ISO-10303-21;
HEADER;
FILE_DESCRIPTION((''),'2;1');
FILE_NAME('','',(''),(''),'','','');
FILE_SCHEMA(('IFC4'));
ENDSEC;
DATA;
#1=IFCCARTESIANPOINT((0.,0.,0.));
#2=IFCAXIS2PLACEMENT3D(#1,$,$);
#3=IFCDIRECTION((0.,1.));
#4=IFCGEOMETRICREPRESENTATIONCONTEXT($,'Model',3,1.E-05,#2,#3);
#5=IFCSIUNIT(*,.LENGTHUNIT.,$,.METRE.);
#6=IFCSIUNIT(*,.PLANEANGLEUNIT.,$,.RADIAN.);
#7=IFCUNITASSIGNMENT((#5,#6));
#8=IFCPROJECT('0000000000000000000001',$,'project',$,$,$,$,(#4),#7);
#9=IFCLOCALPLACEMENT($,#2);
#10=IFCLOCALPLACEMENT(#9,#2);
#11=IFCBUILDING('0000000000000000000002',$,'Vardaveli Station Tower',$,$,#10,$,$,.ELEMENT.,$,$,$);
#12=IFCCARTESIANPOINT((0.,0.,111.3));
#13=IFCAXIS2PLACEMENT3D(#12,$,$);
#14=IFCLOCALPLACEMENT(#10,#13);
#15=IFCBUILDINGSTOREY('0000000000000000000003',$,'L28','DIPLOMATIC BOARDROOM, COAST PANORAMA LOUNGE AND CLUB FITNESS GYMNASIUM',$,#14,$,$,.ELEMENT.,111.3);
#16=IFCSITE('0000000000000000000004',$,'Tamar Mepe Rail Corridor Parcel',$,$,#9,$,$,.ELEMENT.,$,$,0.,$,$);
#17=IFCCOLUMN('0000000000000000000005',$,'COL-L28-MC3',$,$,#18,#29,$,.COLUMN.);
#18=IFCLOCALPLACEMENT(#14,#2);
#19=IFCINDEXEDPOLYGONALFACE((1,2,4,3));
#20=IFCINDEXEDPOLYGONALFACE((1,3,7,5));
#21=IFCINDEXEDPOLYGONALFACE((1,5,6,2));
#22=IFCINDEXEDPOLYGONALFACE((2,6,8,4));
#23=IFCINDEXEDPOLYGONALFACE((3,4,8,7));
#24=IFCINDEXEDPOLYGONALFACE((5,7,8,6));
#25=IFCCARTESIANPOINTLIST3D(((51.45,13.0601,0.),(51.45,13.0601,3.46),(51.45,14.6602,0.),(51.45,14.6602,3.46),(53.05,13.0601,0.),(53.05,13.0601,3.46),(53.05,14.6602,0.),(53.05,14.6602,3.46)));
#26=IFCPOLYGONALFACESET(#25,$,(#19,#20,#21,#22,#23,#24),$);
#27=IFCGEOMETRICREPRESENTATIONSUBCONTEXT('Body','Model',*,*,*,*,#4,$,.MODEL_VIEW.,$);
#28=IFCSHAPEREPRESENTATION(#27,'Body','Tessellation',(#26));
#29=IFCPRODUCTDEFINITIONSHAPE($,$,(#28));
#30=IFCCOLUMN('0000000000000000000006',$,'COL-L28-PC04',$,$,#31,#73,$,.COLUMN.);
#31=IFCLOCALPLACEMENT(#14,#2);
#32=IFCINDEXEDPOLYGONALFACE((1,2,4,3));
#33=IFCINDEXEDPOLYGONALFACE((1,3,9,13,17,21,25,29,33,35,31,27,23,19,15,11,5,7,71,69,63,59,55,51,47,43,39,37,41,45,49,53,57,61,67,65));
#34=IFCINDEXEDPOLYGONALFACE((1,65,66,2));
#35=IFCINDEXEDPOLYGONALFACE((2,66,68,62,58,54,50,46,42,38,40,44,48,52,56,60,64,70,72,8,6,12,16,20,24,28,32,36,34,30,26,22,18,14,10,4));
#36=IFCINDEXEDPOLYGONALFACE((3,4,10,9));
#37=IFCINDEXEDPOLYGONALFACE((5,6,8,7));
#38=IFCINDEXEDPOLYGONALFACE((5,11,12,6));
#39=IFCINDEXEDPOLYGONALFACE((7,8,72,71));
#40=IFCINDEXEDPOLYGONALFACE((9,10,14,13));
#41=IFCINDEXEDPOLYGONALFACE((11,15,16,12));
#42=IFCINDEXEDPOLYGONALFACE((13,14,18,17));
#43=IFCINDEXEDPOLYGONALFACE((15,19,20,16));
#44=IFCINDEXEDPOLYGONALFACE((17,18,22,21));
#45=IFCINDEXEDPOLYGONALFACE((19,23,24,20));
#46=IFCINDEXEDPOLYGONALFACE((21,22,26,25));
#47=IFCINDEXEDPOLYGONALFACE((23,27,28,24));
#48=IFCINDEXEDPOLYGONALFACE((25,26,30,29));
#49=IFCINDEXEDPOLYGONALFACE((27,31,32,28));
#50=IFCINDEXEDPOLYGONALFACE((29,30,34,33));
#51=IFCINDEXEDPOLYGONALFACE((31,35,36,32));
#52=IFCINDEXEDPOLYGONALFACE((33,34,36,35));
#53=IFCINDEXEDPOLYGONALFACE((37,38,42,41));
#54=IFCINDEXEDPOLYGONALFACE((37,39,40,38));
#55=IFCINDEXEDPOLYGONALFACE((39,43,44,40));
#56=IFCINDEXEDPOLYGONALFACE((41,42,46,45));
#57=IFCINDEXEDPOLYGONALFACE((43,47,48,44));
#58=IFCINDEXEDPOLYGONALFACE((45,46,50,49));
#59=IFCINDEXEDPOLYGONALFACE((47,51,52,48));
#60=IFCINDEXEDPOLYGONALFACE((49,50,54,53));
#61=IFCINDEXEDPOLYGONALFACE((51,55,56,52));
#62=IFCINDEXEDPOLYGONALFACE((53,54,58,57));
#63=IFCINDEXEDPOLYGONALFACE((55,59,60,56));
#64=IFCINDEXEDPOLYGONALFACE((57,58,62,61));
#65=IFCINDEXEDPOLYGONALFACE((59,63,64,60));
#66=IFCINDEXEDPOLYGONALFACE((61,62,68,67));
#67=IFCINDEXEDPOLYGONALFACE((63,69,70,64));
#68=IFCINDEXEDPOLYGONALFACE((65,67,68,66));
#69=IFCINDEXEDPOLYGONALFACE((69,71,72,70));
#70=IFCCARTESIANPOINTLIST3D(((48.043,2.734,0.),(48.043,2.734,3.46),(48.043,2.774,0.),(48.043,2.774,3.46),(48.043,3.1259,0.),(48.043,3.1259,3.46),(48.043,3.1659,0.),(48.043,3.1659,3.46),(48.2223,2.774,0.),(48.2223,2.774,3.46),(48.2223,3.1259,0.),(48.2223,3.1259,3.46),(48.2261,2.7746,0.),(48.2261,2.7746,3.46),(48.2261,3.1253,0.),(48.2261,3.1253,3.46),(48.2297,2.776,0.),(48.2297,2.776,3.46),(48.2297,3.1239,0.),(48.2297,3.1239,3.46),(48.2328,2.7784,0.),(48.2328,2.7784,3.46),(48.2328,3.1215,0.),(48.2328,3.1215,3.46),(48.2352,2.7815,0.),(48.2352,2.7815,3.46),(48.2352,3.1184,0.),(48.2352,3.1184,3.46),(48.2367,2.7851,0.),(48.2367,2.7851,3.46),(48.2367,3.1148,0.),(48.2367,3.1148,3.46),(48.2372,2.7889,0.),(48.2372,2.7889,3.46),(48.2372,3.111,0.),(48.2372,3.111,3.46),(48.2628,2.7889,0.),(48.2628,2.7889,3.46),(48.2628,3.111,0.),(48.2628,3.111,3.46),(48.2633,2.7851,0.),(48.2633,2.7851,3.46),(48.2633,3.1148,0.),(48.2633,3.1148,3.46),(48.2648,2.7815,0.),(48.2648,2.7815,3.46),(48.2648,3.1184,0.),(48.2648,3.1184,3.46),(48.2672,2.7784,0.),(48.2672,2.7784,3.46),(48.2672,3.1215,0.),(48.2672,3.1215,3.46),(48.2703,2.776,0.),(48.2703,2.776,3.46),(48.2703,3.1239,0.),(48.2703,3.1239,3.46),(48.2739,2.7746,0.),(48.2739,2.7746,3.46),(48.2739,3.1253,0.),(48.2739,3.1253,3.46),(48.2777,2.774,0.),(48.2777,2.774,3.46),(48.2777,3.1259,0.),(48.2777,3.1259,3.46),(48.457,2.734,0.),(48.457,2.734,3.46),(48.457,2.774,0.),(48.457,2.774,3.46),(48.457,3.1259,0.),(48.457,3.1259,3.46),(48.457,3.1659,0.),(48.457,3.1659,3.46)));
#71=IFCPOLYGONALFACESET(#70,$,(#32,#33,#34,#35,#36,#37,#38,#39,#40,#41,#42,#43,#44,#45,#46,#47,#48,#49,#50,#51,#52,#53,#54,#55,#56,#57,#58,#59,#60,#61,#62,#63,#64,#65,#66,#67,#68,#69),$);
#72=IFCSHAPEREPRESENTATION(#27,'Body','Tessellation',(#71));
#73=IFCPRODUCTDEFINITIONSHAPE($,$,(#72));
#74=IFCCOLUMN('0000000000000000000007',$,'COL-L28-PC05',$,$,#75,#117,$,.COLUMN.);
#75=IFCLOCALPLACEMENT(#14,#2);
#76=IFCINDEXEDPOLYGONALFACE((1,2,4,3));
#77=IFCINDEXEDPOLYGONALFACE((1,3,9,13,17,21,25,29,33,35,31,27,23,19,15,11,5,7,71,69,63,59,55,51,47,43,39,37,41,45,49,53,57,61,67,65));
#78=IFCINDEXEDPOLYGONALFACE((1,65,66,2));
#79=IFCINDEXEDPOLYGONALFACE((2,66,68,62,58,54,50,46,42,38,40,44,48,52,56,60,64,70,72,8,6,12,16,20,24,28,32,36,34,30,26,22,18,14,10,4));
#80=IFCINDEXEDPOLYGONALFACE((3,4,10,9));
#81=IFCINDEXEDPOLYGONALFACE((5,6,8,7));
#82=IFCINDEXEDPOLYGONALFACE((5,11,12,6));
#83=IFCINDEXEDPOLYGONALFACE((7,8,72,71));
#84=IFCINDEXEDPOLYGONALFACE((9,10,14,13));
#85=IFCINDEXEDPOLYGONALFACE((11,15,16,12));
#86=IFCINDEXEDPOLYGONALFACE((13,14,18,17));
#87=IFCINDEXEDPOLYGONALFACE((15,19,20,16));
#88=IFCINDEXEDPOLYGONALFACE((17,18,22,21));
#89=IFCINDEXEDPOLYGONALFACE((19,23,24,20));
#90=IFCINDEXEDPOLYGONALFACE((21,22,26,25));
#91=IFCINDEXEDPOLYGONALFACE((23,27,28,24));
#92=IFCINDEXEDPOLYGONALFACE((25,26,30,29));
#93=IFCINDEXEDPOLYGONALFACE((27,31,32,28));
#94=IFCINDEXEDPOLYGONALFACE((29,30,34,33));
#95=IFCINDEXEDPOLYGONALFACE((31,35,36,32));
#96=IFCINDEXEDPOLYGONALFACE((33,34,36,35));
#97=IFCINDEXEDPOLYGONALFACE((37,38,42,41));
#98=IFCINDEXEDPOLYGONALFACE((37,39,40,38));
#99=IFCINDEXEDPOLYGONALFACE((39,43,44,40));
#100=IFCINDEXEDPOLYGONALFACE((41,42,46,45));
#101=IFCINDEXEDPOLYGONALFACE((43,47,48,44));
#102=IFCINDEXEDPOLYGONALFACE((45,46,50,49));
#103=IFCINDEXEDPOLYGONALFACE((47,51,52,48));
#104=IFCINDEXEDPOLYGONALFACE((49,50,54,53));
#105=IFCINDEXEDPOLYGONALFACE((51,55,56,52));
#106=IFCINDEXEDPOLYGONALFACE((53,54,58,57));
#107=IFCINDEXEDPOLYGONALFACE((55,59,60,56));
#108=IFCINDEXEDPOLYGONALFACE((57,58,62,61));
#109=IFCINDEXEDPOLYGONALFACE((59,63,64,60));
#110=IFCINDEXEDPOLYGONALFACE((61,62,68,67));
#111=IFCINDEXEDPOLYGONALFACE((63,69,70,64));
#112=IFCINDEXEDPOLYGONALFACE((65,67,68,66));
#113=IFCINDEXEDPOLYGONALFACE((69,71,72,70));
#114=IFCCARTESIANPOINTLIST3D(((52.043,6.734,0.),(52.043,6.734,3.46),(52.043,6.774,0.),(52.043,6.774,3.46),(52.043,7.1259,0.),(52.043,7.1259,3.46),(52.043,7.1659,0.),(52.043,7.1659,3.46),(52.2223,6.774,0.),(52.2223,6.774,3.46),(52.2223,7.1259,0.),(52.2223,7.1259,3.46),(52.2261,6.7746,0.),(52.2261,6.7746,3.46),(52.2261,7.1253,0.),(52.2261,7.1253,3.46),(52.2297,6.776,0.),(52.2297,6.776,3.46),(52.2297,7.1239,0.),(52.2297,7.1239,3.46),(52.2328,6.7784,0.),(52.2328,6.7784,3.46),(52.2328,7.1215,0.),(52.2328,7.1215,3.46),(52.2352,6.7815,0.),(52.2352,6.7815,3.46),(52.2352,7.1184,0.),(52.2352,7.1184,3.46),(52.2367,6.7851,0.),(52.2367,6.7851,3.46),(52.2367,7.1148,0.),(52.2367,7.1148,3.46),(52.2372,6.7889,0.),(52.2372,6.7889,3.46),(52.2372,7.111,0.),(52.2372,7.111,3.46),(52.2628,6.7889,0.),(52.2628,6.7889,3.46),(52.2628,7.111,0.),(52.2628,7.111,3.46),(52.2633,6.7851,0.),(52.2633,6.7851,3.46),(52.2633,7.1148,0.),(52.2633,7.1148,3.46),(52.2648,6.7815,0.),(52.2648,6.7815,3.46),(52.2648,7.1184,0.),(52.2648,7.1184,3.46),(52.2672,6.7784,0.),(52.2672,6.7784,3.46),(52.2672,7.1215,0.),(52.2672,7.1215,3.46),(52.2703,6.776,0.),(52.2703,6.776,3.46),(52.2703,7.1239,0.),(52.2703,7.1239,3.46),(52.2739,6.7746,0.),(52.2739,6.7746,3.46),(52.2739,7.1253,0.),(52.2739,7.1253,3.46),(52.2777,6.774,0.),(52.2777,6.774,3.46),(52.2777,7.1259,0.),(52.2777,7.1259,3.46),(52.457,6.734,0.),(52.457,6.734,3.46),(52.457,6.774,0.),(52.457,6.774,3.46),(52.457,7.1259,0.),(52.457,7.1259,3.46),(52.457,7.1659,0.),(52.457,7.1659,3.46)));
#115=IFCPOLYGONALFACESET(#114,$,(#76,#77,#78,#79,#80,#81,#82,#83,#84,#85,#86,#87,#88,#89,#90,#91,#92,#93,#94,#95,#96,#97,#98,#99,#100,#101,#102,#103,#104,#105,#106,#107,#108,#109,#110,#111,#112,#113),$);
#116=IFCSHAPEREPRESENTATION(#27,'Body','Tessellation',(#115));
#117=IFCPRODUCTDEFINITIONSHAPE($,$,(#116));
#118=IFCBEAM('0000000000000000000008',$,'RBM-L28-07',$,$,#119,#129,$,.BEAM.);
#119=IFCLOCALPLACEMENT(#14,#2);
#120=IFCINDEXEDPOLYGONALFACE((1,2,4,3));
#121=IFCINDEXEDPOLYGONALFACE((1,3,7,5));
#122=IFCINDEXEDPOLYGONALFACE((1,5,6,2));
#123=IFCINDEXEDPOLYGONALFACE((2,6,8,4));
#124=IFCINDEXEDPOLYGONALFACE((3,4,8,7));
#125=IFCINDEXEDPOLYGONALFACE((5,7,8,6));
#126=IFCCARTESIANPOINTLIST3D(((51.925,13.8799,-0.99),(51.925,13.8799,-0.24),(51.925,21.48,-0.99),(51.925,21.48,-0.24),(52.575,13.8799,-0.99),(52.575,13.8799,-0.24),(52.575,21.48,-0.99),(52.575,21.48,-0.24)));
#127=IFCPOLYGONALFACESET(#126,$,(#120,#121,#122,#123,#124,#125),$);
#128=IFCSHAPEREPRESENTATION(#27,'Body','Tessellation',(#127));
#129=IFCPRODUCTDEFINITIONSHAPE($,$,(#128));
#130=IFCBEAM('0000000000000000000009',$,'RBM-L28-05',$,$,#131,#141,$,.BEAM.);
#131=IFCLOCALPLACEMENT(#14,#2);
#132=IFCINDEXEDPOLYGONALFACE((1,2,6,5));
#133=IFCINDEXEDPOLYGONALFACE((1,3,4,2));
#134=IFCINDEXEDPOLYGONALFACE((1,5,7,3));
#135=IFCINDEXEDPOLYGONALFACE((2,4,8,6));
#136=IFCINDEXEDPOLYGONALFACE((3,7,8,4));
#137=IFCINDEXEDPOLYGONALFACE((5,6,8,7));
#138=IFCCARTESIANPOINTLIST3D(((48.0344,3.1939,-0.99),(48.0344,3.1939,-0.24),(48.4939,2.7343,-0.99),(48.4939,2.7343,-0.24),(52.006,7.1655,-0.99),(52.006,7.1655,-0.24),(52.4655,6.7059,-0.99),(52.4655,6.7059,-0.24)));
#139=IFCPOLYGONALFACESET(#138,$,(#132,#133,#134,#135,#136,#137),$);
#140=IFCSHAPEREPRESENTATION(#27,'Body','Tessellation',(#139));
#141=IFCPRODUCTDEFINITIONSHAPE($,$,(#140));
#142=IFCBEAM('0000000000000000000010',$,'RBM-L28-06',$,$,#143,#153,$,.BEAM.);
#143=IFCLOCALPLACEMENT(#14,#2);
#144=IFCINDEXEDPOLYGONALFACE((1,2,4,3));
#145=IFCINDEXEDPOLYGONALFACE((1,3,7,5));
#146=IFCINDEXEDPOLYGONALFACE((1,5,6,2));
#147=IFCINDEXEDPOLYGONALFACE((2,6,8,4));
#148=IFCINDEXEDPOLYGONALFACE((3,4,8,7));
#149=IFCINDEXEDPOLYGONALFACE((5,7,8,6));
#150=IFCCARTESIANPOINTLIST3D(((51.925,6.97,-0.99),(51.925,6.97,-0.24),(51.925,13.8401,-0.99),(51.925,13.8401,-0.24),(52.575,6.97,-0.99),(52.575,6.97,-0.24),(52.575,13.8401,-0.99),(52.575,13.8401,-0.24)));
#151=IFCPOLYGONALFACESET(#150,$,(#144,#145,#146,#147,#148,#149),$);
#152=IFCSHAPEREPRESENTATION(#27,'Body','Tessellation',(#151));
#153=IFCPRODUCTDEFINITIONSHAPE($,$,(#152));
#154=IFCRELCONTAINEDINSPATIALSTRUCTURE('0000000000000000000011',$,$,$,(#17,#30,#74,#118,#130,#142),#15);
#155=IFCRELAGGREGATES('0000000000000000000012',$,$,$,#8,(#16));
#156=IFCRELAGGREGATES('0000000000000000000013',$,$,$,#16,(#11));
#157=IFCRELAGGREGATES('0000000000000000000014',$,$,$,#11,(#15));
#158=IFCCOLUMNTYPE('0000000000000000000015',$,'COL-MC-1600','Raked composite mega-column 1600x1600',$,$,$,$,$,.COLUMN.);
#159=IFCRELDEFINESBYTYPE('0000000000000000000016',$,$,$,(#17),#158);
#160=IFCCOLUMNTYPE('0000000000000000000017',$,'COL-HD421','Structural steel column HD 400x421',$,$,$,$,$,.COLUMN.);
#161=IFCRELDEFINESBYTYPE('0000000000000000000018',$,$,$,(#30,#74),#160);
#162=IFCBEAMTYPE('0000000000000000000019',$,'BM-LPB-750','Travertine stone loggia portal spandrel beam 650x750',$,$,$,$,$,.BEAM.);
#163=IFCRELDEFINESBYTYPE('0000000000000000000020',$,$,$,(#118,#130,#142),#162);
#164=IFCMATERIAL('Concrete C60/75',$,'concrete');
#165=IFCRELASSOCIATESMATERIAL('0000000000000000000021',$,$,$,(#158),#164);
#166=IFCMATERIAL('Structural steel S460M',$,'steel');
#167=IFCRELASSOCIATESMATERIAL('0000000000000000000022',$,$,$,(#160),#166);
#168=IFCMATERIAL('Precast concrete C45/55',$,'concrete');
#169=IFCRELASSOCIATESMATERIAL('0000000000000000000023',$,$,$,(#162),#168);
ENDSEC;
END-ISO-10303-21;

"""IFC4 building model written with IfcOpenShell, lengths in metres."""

from ifc_helpers import new_model, si_unit, direction, frame, origin, origin_2d, place, context, subcontext, project, spatial, rectangle, i_section, extrude, source, transform, mapped, material, material_profile, profile_set, type_object, element, save


model = new_model("IFC4")

# Units and contexts
model_context = context("Model", 3, precision=1e-05, world=origin(), true_north=direction((0.0, 1.0)))
body_context = subcontext(model_context, "Body", "Model", "MODEL_VIEW")
ifc_project = project(units=[si_unit("LENGTHUNIT", "METRE"), si_unit("PLANEANGLEUNIT", "RADIAN")], contexts=[model_context])

# Site, building, storey
site_placement = place(None, origin())
site = spatial("IfcSite", under=ifc_project, at=site_placement, Name="Tamar Mepe Rail Corridor Parcel", CompositionType="ELEMENT", RefElevation=0.0)
building_placement = place(site_placement, origin())
building = spatial("IfcBuilding", under=site, at=building_placement, Name="Vardaveli Station Tower", CompositionType="ELEMENT")
storey_placement = place(building_placement, frame((0.0, 0.0, 111.3)))
storey = spatial("IfcBuildingStorey", under=building, at=storey_placement, Name="L28", Description="DIPLOMATIC BOARDROOM, COAST PANORAMA LOUNGE AND CLUB FITNESS GYMNASIUM", CompositionType="ELEMENT", Elevation=111.3)

# Columns
ifc_material_1 = material(Name="Concrete C60/75", Category="concrete")
ifc_material_profile_1 = material_profile(ifc_material_1, rectangle(XDim=1.6001, YDim=1.6001, at=origin_2d()), Name="MC 1600x1600")
ifc_profile_set_1 = profile_set([ifc_material_profile_1], Name="Concrete C60/75")
column_type_1 = type_object("IfcColumnType", Name="COL-MC-1600", Description="Raked composite mega-column 1600x1600", PredefinedType="COLUMN", material=ifc_profile_set_1)
shared_shape_1 = source(origin(), body_context, "Body", "SweptSolid", [
    extrude(rectangle(XDim=1.6001, YDim=1.6001, at=origin_2d()), origin(), (0.0, 0.0, 1.0), 3.46),
])
column_placement = place(storey_placement, frame((52.25, 13.8601, 0.0), z_axis=(0.0, 0.0, 1.0), x_axis=(1.0, 0.0, 0.0)))
element("IfcColumn", 1, at=column_placement, inside=storey, type_object=column_type_1, Name="COL-L28-MC3", PredefinedType="COLUMN", context=body_context, shape_type="MappedRepresentation", body=[
    mapped(shared_shape_1, transform((0.0, 0.0, 0.0), scale=1.0)),
])
ifc_material_2 = material(Name="Structural steel S460M", Category="steel")
ifc_material_profile_2 = material_profile(ifc_material_2, i_section(OverallWidth=0.4141, OverallDepth=0.4319, WebThickness=0.0256, FlangeThickness=0.04, FilletRadius=0.0149, at=origin_2d()), Name="HD 400x421")
ifc_profile_set_2 = profile_set([ifc_material_profile_2], Name="Structural steel S460M")
column_type_2 = type_object("IfcColumnType", Name="COL-HD421", Description="Structural steel column HD 400x421", PredefinedType="COLUMN", material=ifc_profile_set_2)
shared_shape_2 = source(origin(), body_context, "Body", "SweptSolid", [
    extrude(i_section(OverallWidth=0.4141, OverallDepth=0.4319, WebThickness=0.0256, FlangeThickness=0.04, FilletRadius=0.0149, at=origin_2d()), origin(), (0.0, 0.0, 1.0), 3.46),
])
for number, where, z_axis, x_axis, name in (
    (2, (48.25, 2.95, 0.0), (0.0, 0.0, 1.0), (1.0, 0.0, 0.0), "COL-L28-PC04"),
    (3, (52.25, 6.95, 0.0), (0.0, 0.0, 1.0), (1.0, 0.0, 0.0), "COL-L28-PC05"),
):
    element("IfcColumn", number, at=place(storey_placement, frame(where, z_axis=z_axis, x_axis=x_axis)), inside=storey, type_object=column_type_2, Name=name, PredefinedType="COLUMN", context=body_context, shape_type="MappedRepresentation", body=[
        mapped(shared_shape_2, transform((0.0, 0.0, 0.0), scale=1.0)),
    ])

# Beams
ifc_material_3 = material(Name="Precast concrete C45/55", Category="concrete")
ifc_material_profile_3 = material_profile(ifc_material_3, rectangle(XDim=0.6499, YDim=0.75, at=origin_2d()), Name="LPB 650x750")
ifc_profile_set_3 = profile_set([ifc_material_profile_3], Name="Precast concrete C45/55")
beam_type_1 = type_object("IfcBeamType", Name="BM-LPB-750", Description="Travertine stone loggia portal spandrel beam 650x750", PredefinedType="BEAM", material=ifc_profile_set_3)
shared_shape_3 = source(origin(), body_context, "Body", "SweptSolid", [
    extrude(rectangle(XDim=0.6499, YDim=0.75, at=origin_2d()), origin(), (0.0, 0.0, 1.0), 7.6001),
])
beam_1_placement = place(storey_placement, frame((52.25, 13.8799, -0.615), z_axis=(0.0, 1.0, 0.0), x_axis=(-1.0, 0.0, 0.0)))
element("IfcBeam", 4, at=beam_1_placement, inside=storey, type_object=beam_type_1, Name="RBM-L28-07", PredefinedType="BEAM", context=body_context, shape_type="MappedRepresentation", body=[
    mapped(shared_shape_3, transform((0.0, 0.0, 0.0), scale=1.0)),
])
shared_shape_4 = source(origin(), body_context, "Body", "SweptSolid", [
    extrude(rectangle(XDim=0.6499, YDim=0.75, at=origin_2d()), origin(), (0.0, 0.0, 1.0), 5.6167),
])
beam_2_placement = place(storey_placement, frame((48.2642, 2.9641, -0.615), z_axis=(0.707107, 0.707107, 0.0), x_axis=(-0.707107, 0.707107, 0.0)))
element("IfcBeam", 5, at=beam_2_placement, inside=storey, type_object=beam_type_1, Name="RBM-L28-05", PredefinedType="BEAM", context=body_context, shape_type="MappedRepresentation", body=[
    mapped(shared_shape_4, transform((0.0, 0.0, 0.0), scale=1.0)),
])
shared_shape_5 = source(origin(), body_context, "Body", "SweptSolid", [
    extrude(rectangle(XDim=0.6499, YDim=0.75, at=origin_2d()), origin(), (0.0, 0.0, 1.0), 6.8701),
])
beam_3_placement = place(storey_placement, frame((52.25, 6.97, -0.615), z_axis=(0.0, 1.0, 0.0), x_axis=(-1.0, 0.0, 0.0)))
element("IfcBeam", 6, at=beam_3_placement, inside=storey, type_object=beam_type_1, Name="RBM-L28-06", PredefinedType="BEAM", context=body_context, shape_type="MappedRepresentation", body=[
    mapped(shared_shape_5, transform((0.0, 0.0, 0.0), scale=1.0)),
])

save(model, "model.ifc")
